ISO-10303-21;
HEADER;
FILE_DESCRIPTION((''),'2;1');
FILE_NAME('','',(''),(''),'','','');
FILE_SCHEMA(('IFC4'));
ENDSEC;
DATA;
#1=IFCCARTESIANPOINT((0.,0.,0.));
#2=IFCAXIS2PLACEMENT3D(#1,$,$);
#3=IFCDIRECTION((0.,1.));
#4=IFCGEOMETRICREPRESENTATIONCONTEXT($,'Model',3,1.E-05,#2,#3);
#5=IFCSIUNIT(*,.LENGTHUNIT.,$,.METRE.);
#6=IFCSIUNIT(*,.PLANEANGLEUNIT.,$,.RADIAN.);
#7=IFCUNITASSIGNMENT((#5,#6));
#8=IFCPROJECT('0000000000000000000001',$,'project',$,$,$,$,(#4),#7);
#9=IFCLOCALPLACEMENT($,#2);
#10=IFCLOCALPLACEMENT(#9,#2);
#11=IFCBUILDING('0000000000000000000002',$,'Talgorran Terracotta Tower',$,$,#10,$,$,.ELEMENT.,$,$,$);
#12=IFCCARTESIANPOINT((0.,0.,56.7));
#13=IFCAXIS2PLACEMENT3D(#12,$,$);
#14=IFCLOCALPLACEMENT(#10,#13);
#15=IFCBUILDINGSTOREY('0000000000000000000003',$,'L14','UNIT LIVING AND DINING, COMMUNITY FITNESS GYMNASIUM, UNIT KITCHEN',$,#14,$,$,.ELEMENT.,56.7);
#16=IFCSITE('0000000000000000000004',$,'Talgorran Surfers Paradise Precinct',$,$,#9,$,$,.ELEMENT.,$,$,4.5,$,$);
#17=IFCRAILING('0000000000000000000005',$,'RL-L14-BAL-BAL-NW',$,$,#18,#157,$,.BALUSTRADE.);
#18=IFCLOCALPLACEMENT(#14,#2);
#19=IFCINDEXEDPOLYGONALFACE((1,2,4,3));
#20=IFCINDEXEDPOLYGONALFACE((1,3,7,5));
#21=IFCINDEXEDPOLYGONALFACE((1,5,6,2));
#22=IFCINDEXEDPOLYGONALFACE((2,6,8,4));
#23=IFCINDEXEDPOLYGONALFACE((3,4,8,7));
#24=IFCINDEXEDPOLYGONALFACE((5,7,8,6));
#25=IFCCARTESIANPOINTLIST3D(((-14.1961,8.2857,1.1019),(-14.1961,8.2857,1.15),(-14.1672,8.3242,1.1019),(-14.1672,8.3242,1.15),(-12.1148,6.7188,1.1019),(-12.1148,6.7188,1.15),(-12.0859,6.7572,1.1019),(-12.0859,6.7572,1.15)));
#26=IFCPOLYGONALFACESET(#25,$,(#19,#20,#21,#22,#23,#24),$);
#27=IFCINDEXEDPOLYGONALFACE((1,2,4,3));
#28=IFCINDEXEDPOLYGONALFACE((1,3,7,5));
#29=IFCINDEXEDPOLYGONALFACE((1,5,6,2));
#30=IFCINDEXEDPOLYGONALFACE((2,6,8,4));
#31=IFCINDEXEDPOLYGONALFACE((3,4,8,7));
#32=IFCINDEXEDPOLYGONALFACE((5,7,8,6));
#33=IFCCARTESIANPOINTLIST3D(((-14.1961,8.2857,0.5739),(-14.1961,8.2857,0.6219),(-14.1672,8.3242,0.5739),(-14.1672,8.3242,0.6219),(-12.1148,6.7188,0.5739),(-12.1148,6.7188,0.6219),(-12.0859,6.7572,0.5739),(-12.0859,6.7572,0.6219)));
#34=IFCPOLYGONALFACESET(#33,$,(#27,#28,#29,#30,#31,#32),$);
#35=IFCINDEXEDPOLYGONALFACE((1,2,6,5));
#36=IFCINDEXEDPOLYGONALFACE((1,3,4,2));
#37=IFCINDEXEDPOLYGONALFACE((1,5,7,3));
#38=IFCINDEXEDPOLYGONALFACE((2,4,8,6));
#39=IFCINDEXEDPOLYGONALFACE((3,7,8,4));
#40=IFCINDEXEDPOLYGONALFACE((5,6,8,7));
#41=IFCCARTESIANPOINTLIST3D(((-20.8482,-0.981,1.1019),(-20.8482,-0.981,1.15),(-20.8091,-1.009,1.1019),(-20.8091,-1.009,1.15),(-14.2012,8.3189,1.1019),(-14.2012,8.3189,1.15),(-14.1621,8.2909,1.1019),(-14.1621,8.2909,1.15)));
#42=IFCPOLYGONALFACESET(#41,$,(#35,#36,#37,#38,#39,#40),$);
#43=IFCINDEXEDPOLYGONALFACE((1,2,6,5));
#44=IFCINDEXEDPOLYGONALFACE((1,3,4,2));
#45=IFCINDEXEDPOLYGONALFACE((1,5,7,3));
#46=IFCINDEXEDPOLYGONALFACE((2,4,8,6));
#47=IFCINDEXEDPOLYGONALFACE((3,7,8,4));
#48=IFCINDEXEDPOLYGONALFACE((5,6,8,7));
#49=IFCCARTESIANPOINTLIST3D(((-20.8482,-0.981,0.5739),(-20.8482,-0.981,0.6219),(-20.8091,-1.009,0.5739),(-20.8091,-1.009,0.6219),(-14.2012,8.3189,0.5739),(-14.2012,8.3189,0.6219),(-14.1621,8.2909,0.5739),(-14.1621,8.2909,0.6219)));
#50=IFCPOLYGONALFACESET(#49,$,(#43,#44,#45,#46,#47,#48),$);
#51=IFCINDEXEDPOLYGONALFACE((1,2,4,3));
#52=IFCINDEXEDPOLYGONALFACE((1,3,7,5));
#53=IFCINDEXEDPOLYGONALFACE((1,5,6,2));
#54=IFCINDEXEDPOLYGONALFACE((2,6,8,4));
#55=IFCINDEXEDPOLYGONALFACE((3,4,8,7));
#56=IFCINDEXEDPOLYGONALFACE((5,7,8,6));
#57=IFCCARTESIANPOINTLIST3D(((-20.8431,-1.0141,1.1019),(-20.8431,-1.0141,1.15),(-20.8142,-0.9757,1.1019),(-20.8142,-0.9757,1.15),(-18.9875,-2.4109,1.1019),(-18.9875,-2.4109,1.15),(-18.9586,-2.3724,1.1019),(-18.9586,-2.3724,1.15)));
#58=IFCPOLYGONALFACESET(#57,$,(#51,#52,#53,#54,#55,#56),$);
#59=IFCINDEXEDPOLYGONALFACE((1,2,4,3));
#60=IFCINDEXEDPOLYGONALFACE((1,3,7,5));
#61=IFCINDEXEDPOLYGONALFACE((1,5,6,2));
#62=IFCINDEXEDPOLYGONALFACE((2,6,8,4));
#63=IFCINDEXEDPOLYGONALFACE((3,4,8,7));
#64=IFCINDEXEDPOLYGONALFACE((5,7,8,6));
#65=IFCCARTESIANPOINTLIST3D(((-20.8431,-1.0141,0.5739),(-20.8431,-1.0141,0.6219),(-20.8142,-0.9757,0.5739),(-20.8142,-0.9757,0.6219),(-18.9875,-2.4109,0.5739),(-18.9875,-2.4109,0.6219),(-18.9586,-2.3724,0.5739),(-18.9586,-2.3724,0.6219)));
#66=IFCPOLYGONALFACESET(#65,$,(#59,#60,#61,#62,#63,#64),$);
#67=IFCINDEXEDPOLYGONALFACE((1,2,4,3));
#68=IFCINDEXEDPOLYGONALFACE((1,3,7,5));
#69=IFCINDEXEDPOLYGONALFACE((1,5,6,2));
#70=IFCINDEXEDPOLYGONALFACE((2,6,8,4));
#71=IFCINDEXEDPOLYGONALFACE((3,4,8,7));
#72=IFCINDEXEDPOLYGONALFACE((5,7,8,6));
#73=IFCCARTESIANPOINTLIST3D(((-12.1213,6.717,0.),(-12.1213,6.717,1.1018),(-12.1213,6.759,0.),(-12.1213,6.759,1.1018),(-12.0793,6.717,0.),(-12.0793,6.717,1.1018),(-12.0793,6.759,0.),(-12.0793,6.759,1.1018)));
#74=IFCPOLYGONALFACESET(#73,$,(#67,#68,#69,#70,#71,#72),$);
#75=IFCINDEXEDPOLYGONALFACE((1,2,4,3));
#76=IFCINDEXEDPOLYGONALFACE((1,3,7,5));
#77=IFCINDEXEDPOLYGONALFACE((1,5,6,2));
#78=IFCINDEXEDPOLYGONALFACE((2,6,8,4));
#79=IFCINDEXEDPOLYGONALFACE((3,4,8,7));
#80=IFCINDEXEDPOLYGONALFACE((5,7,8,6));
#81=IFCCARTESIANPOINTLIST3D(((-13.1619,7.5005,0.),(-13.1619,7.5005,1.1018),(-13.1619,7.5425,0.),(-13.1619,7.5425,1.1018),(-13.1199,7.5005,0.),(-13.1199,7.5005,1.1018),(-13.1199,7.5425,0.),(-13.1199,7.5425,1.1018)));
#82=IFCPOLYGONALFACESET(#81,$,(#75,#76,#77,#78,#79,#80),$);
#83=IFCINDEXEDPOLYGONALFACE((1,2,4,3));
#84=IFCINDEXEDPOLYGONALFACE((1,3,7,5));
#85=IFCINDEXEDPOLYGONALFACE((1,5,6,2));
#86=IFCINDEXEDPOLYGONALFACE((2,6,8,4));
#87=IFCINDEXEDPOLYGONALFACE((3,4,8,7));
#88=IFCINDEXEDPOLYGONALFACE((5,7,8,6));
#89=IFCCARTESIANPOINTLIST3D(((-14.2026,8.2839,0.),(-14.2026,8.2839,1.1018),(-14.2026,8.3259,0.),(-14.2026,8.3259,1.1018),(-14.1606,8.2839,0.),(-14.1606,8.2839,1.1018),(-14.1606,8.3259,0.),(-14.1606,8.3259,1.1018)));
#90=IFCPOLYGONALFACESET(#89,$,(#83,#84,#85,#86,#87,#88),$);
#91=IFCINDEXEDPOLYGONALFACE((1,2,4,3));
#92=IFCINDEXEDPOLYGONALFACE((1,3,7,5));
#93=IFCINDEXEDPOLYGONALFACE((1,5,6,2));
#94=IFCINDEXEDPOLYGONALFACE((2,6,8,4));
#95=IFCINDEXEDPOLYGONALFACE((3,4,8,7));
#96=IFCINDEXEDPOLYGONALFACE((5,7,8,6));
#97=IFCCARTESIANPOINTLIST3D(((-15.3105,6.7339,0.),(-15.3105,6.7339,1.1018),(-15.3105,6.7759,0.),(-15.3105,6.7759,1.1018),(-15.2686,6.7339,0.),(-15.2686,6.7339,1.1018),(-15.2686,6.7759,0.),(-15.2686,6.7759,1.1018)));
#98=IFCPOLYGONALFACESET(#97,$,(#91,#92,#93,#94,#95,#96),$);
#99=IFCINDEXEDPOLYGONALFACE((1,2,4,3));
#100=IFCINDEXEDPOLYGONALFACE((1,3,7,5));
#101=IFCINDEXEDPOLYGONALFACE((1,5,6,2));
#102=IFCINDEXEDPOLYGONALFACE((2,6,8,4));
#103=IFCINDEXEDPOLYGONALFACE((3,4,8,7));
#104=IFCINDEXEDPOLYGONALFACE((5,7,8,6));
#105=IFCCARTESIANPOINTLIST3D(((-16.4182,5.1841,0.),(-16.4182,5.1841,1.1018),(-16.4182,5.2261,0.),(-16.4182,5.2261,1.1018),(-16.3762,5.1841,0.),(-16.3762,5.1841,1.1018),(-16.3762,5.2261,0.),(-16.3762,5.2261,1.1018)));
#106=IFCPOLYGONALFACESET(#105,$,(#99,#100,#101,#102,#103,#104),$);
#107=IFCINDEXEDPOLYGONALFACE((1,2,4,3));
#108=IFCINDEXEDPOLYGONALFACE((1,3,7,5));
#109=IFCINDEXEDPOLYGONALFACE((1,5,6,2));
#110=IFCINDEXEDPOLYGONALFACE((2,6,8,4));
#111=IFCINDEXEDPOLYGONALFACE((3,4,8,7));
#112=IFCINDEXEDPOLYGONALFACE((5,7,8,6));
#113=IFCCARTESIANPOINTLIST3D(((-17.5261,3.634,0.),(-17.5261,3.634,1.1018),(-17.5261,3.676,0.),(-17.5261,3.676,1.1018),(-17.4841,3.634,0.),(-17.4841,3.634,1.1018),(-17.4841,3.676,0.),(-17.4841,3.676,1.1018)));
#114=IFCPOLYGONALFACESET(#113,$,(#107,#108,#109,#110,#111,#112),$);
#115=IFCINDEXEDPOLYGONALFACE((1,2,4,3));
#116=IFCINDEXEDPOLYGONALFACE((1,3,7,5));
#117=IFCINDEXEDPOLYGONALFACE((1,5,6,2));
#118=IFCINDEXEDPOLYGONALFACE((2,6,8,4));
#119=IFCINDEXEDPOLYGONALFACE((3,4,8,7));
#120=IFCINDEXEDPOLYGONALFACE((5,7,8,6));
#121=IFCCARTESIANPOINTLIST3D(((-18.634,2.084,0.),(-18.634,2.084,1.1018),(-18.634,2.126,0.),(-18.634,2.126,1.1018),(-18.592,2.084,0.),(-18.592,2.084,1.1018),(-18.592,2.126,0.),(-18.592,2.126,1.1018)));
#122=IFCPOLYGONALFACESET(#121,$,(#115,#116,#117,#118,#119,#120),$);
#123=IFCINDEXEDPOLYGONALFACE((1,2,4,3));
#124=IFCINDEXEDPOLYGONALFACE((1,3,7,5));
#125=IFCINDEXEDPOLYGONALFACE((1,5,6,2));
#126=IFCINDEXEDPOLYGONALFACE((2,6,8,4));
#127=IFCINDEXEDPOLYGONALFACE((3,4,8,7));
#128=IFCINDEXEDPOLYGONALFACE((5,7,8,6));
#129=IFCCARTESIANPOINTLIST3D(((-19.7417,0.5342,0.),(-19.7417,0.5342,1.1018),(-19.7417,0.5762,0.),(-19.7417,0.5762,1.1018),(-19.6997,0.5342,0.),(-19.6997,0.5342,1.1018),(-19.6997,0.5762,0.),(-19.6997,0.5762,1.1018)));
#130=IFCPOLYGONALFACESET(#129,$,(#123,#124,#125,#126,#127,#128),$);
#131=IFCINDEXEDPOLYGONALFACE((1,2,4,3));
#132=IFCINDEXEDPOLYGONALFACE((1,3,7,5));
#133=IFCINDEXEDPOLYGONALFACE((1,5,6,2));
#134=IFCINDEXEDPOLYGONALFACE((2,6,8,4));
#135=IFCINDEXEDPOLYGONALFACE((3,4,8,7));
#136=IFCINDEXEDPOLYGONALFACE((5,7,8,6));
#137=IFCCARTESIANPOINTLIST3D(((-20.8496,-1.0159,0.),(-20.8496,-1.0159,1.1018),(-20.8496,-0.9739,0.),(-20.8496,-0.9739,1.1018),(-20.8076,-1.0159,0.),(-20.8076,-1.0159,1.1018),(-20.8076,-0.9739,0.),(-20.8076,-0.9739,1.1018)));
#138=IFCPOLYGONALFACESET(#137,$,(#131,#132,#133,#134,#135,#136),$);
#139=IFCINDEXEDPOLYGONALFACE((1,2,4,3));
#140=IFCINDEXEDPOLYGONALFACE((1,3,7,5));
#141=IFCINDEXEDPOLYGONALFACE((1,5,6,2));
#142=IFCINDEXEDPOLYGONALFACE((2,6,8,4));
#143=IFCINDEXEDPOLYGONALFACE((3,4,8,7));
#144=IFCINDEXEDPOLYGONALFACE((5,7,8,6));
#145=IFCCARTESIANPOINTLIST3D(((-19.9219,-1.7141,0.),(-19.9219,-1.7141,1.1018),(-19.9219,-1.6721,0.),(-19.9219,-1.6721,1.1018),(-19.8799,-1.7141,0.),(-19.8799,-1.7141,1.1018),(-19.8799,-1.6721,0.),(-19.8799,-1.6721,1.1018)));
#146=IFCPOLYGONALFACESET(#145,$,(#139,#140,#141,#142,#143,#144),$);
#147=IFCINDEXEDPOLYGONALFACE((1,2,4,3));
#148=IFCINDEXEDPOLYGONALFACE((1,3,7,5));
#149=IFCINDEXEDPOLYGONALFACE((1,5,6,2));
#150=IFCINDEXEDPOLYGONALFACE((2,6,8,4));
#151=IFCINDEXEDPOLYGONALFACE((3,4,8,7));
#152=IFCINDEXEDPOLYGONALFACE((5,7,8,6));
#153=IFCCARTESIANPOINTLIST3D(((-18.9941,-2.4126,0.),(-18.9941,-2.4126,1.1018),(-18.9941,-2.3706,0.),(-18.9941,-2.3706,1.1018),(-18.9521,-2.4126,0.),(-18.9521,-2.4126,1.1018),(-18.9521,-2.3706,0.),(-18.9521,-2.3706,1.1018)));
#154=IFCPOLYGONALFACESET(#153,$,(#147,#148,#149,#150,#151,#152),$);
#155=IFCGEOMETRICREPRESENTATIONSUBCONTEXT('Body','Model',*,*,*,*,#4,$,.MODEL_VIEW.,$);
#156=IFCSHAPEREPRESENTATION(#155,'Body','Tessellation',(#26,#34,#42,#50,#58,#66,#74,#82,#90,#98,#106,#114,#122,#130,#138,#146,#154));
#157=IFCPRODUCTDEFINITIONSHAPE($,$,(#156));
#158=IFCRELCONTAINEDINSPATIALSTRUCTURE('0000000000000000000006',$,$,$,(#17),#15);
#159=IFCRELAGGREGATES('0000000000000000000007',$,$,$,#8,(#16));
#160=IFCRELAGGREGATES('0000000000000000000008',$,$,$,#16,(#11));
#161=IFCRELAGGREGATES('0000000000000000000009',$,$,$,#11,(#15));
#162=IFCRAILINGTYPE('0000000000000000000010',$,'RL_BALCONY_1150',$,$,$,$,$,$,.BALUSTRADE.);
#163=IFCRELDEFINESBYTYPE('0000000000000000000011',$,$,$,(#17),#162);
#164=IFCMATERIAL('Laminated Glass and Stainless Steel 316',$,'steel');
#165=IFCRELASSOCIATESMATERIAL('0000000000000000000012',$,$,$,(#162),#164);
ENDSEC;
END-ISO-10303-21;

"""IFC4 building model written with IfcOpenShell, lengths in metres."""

from ifc_helpers import new_model, si_unit, direction, frame, origin, origin_2d, place, context, subcontext, project, spatial, rectangle, extrude, material, type_object, element, save


model = new_model("IFC4")

# Units and contexts
model_context = context("Model", 3, precision=1e-05, world=origin(), true_north=direction((0.0, 1.0)))
body_context = subcontext(model_context, "Body", "Model", "MODEL_VIEW")
ifc_project = project(units=[si_unit("LENGTHUNIT", "METRE"), si_unit("PLANEANGLEUNIT", "RADIAN")], contexts=[model_context])

# Site, building, storey
site_placement = place(None, origin())
site = spatial("IfcSite", under=ifc_project, at=site_placement, Name="Talgorran Surfers Paradise Precinct", CompositionType="ELEMENT", RefElevation=4.5)
building_placement = place(site_placement, origin())
building = spatial("IfcBuilding", under=site, at=building_placement, Name="Talgorran Terracotta Tower", CompositionType="ELEMENT")
storey_placement = place(building_placement, frame((0.0, 0.0, 56.7)))
storey = spatial("IfcBuildingStorey", under=building, at=storey_placement, Name="L14", Description="UNIT LIVING AND DINING, COMMUNITY FITNESS GYMNASIUM, UNIT KITCHEN", CompositionType="ELEMENT", Elevation=56.7)

# Railing
ifc_material_1 = material(Name="Laminated Glass and Stainless Steel 316", Category="steel")
railing_type = type_object("IfcRailingType", Name="RL_BALCONY_1150", PredefinedType="BALUSTRADE", material=ifc_material_1)
railing_placement = place(storey_placement, frame((-12.1003, 6.738, 0.0)))
element("IfcRailing", 1, at=railing_placement, inside=storey, type_object=railing_type, Name="RL-L14-BAL-BAL-NW", PredefinedType="BALUSTRADE", context=body_context, shape_type="SweptSolid", body=[
    extrude(rectangle(XDim=0.0481, YDim=0.0481, at=origin_2d()), frame((0.0, 0.0, 1.126), z_axis=(-0.798908, 0.601453, 0.0), x_axis=(-0.601453, -0.798908, 0.0)), (0.0, 0.0, 1.0), 2.6052),
    extrude(rectangle(XDim=0.0481, YDim=0.0481, at=origin_2d()), frame((0.0, 0.0, 0.5979), z_axis=(-0.798908, 0.601453, 0.0), x_axis=(-0.601453, -0.798908, 0.0)), (0.0, 0.0, 1.0), 2.6052),
    extrude(rectangle(XDim=0.0481, YDim=0.0481, at=origin_2d()), frame((-2.0813, 1.5669, 1.126), z_axis=(-0.581485, -0.813557, 0.0), x_axis=(0.813557, -0.581485, 0.0)), (0.0, 0.0, 1.0), 11.4312),
    extrude(rectangle(XDim=0.0481, YDim=0.0481, at=origin_2d()), frame((-2.0813, 1.5669, 0.5979), z_axis=(-0.581485, -0.813557, 0.0), x_axis=(0.813557, -0.581485, 0.0)), (0.0, 0.0, 1.0), 11.4312),
    extrude(rectangle(XDim=0.0481, YDim=0.0481, at=origin_2d()), frame((-8.7283, -7.7329, 1.126), z_axis=(0.798939, -0.601412, 0.0), x_axis=(0.601412, 0.798939, 0.0)), (0.0, 0.0, 1.0), 2.3225),
    extrude(rectangle(XDim=0.0481, YDim=0.0481, at=origin_2d()), frame((-8.7283, -7.7329, 0.5979), z_axis=(0.798939, -0.601412, 0.0), x_axis=(0.601412, 0.798939, 0.0)), (0.0, 0.0, 1.0), 2.3225),
    extrude(rectangle(XDim=0.042, YDim=0.042, at=origin_2d()), origin(), (0.0, 0.0, 1.0), 1.1018),
    extrude(rectangle(XDim=0.042, YDim=0.042, at=origin_2d()), frame((-1.0405, 0.7834, 0.0)), (0.0, 0.0, 1.0), 1.1018),
    extrude(rectangle(XDim=0.042, YDim=0.042, at=origin_2d()), frame((-2.0813, 1.5669, 0.0)), (0.0, 0.0, 1.0), 1.1018),
    extrude(rectangle(XDim=0.042, YDim=0.042, at=origin_2d()), frame((-3.1892, 0.0168, 0.0)), (0.0, 0.0, 1.0), 1.1018),
    extrude(rectangle(XDim=0.042, YDim=0.042, at=origin_2d()), frame((-4.2969, -1.533, 0.0)), (0.0, 0.0, 1.0), 1.1018),
    extrude(rectangle(XDim=0.042, YDim=0.042, at=origin_2d()), frame((-5.4048, -3.083, 0.0)), (0.0, 0.0, 1.0), 1.1018),
    extrude(rectangle(XDim=0.042, YDim=0.042, at=origin_2d()), frame((-6.5127, -4.6331, 0.0)), (0.0, 0.0, 1.0), 1.1018),
    extrude(rectangle(XDim=0.042, YDim=0.042, at=origin_2d()), frame((-7.6204, -6.1829, 0.0)), (0.0, 0.0, 1.0), 1.1018),
    extrude(rectangle(XDim=0.042, YDim=0.042, at=origin_2d()), frame((-8.7283, -7.7329, 0.0)), (0.0, 0.0, 1.0), 1.1018),
    extrude(rectangle(XDim=0.042, YDim=0.042, at=origin_2d()), frame((-7.8005, -8.4312, 0.0)), (0.0, 0.0, 1.0), 1.1018),
    extrude(rectangle(XDim=0.042, YDim=0.042, at=origin_2d()), frame((-6.8728, -9.1296, 0.0)), (0.0, 0.0, 1.0), 1.1018),
])

save(model, "model.ifc")
